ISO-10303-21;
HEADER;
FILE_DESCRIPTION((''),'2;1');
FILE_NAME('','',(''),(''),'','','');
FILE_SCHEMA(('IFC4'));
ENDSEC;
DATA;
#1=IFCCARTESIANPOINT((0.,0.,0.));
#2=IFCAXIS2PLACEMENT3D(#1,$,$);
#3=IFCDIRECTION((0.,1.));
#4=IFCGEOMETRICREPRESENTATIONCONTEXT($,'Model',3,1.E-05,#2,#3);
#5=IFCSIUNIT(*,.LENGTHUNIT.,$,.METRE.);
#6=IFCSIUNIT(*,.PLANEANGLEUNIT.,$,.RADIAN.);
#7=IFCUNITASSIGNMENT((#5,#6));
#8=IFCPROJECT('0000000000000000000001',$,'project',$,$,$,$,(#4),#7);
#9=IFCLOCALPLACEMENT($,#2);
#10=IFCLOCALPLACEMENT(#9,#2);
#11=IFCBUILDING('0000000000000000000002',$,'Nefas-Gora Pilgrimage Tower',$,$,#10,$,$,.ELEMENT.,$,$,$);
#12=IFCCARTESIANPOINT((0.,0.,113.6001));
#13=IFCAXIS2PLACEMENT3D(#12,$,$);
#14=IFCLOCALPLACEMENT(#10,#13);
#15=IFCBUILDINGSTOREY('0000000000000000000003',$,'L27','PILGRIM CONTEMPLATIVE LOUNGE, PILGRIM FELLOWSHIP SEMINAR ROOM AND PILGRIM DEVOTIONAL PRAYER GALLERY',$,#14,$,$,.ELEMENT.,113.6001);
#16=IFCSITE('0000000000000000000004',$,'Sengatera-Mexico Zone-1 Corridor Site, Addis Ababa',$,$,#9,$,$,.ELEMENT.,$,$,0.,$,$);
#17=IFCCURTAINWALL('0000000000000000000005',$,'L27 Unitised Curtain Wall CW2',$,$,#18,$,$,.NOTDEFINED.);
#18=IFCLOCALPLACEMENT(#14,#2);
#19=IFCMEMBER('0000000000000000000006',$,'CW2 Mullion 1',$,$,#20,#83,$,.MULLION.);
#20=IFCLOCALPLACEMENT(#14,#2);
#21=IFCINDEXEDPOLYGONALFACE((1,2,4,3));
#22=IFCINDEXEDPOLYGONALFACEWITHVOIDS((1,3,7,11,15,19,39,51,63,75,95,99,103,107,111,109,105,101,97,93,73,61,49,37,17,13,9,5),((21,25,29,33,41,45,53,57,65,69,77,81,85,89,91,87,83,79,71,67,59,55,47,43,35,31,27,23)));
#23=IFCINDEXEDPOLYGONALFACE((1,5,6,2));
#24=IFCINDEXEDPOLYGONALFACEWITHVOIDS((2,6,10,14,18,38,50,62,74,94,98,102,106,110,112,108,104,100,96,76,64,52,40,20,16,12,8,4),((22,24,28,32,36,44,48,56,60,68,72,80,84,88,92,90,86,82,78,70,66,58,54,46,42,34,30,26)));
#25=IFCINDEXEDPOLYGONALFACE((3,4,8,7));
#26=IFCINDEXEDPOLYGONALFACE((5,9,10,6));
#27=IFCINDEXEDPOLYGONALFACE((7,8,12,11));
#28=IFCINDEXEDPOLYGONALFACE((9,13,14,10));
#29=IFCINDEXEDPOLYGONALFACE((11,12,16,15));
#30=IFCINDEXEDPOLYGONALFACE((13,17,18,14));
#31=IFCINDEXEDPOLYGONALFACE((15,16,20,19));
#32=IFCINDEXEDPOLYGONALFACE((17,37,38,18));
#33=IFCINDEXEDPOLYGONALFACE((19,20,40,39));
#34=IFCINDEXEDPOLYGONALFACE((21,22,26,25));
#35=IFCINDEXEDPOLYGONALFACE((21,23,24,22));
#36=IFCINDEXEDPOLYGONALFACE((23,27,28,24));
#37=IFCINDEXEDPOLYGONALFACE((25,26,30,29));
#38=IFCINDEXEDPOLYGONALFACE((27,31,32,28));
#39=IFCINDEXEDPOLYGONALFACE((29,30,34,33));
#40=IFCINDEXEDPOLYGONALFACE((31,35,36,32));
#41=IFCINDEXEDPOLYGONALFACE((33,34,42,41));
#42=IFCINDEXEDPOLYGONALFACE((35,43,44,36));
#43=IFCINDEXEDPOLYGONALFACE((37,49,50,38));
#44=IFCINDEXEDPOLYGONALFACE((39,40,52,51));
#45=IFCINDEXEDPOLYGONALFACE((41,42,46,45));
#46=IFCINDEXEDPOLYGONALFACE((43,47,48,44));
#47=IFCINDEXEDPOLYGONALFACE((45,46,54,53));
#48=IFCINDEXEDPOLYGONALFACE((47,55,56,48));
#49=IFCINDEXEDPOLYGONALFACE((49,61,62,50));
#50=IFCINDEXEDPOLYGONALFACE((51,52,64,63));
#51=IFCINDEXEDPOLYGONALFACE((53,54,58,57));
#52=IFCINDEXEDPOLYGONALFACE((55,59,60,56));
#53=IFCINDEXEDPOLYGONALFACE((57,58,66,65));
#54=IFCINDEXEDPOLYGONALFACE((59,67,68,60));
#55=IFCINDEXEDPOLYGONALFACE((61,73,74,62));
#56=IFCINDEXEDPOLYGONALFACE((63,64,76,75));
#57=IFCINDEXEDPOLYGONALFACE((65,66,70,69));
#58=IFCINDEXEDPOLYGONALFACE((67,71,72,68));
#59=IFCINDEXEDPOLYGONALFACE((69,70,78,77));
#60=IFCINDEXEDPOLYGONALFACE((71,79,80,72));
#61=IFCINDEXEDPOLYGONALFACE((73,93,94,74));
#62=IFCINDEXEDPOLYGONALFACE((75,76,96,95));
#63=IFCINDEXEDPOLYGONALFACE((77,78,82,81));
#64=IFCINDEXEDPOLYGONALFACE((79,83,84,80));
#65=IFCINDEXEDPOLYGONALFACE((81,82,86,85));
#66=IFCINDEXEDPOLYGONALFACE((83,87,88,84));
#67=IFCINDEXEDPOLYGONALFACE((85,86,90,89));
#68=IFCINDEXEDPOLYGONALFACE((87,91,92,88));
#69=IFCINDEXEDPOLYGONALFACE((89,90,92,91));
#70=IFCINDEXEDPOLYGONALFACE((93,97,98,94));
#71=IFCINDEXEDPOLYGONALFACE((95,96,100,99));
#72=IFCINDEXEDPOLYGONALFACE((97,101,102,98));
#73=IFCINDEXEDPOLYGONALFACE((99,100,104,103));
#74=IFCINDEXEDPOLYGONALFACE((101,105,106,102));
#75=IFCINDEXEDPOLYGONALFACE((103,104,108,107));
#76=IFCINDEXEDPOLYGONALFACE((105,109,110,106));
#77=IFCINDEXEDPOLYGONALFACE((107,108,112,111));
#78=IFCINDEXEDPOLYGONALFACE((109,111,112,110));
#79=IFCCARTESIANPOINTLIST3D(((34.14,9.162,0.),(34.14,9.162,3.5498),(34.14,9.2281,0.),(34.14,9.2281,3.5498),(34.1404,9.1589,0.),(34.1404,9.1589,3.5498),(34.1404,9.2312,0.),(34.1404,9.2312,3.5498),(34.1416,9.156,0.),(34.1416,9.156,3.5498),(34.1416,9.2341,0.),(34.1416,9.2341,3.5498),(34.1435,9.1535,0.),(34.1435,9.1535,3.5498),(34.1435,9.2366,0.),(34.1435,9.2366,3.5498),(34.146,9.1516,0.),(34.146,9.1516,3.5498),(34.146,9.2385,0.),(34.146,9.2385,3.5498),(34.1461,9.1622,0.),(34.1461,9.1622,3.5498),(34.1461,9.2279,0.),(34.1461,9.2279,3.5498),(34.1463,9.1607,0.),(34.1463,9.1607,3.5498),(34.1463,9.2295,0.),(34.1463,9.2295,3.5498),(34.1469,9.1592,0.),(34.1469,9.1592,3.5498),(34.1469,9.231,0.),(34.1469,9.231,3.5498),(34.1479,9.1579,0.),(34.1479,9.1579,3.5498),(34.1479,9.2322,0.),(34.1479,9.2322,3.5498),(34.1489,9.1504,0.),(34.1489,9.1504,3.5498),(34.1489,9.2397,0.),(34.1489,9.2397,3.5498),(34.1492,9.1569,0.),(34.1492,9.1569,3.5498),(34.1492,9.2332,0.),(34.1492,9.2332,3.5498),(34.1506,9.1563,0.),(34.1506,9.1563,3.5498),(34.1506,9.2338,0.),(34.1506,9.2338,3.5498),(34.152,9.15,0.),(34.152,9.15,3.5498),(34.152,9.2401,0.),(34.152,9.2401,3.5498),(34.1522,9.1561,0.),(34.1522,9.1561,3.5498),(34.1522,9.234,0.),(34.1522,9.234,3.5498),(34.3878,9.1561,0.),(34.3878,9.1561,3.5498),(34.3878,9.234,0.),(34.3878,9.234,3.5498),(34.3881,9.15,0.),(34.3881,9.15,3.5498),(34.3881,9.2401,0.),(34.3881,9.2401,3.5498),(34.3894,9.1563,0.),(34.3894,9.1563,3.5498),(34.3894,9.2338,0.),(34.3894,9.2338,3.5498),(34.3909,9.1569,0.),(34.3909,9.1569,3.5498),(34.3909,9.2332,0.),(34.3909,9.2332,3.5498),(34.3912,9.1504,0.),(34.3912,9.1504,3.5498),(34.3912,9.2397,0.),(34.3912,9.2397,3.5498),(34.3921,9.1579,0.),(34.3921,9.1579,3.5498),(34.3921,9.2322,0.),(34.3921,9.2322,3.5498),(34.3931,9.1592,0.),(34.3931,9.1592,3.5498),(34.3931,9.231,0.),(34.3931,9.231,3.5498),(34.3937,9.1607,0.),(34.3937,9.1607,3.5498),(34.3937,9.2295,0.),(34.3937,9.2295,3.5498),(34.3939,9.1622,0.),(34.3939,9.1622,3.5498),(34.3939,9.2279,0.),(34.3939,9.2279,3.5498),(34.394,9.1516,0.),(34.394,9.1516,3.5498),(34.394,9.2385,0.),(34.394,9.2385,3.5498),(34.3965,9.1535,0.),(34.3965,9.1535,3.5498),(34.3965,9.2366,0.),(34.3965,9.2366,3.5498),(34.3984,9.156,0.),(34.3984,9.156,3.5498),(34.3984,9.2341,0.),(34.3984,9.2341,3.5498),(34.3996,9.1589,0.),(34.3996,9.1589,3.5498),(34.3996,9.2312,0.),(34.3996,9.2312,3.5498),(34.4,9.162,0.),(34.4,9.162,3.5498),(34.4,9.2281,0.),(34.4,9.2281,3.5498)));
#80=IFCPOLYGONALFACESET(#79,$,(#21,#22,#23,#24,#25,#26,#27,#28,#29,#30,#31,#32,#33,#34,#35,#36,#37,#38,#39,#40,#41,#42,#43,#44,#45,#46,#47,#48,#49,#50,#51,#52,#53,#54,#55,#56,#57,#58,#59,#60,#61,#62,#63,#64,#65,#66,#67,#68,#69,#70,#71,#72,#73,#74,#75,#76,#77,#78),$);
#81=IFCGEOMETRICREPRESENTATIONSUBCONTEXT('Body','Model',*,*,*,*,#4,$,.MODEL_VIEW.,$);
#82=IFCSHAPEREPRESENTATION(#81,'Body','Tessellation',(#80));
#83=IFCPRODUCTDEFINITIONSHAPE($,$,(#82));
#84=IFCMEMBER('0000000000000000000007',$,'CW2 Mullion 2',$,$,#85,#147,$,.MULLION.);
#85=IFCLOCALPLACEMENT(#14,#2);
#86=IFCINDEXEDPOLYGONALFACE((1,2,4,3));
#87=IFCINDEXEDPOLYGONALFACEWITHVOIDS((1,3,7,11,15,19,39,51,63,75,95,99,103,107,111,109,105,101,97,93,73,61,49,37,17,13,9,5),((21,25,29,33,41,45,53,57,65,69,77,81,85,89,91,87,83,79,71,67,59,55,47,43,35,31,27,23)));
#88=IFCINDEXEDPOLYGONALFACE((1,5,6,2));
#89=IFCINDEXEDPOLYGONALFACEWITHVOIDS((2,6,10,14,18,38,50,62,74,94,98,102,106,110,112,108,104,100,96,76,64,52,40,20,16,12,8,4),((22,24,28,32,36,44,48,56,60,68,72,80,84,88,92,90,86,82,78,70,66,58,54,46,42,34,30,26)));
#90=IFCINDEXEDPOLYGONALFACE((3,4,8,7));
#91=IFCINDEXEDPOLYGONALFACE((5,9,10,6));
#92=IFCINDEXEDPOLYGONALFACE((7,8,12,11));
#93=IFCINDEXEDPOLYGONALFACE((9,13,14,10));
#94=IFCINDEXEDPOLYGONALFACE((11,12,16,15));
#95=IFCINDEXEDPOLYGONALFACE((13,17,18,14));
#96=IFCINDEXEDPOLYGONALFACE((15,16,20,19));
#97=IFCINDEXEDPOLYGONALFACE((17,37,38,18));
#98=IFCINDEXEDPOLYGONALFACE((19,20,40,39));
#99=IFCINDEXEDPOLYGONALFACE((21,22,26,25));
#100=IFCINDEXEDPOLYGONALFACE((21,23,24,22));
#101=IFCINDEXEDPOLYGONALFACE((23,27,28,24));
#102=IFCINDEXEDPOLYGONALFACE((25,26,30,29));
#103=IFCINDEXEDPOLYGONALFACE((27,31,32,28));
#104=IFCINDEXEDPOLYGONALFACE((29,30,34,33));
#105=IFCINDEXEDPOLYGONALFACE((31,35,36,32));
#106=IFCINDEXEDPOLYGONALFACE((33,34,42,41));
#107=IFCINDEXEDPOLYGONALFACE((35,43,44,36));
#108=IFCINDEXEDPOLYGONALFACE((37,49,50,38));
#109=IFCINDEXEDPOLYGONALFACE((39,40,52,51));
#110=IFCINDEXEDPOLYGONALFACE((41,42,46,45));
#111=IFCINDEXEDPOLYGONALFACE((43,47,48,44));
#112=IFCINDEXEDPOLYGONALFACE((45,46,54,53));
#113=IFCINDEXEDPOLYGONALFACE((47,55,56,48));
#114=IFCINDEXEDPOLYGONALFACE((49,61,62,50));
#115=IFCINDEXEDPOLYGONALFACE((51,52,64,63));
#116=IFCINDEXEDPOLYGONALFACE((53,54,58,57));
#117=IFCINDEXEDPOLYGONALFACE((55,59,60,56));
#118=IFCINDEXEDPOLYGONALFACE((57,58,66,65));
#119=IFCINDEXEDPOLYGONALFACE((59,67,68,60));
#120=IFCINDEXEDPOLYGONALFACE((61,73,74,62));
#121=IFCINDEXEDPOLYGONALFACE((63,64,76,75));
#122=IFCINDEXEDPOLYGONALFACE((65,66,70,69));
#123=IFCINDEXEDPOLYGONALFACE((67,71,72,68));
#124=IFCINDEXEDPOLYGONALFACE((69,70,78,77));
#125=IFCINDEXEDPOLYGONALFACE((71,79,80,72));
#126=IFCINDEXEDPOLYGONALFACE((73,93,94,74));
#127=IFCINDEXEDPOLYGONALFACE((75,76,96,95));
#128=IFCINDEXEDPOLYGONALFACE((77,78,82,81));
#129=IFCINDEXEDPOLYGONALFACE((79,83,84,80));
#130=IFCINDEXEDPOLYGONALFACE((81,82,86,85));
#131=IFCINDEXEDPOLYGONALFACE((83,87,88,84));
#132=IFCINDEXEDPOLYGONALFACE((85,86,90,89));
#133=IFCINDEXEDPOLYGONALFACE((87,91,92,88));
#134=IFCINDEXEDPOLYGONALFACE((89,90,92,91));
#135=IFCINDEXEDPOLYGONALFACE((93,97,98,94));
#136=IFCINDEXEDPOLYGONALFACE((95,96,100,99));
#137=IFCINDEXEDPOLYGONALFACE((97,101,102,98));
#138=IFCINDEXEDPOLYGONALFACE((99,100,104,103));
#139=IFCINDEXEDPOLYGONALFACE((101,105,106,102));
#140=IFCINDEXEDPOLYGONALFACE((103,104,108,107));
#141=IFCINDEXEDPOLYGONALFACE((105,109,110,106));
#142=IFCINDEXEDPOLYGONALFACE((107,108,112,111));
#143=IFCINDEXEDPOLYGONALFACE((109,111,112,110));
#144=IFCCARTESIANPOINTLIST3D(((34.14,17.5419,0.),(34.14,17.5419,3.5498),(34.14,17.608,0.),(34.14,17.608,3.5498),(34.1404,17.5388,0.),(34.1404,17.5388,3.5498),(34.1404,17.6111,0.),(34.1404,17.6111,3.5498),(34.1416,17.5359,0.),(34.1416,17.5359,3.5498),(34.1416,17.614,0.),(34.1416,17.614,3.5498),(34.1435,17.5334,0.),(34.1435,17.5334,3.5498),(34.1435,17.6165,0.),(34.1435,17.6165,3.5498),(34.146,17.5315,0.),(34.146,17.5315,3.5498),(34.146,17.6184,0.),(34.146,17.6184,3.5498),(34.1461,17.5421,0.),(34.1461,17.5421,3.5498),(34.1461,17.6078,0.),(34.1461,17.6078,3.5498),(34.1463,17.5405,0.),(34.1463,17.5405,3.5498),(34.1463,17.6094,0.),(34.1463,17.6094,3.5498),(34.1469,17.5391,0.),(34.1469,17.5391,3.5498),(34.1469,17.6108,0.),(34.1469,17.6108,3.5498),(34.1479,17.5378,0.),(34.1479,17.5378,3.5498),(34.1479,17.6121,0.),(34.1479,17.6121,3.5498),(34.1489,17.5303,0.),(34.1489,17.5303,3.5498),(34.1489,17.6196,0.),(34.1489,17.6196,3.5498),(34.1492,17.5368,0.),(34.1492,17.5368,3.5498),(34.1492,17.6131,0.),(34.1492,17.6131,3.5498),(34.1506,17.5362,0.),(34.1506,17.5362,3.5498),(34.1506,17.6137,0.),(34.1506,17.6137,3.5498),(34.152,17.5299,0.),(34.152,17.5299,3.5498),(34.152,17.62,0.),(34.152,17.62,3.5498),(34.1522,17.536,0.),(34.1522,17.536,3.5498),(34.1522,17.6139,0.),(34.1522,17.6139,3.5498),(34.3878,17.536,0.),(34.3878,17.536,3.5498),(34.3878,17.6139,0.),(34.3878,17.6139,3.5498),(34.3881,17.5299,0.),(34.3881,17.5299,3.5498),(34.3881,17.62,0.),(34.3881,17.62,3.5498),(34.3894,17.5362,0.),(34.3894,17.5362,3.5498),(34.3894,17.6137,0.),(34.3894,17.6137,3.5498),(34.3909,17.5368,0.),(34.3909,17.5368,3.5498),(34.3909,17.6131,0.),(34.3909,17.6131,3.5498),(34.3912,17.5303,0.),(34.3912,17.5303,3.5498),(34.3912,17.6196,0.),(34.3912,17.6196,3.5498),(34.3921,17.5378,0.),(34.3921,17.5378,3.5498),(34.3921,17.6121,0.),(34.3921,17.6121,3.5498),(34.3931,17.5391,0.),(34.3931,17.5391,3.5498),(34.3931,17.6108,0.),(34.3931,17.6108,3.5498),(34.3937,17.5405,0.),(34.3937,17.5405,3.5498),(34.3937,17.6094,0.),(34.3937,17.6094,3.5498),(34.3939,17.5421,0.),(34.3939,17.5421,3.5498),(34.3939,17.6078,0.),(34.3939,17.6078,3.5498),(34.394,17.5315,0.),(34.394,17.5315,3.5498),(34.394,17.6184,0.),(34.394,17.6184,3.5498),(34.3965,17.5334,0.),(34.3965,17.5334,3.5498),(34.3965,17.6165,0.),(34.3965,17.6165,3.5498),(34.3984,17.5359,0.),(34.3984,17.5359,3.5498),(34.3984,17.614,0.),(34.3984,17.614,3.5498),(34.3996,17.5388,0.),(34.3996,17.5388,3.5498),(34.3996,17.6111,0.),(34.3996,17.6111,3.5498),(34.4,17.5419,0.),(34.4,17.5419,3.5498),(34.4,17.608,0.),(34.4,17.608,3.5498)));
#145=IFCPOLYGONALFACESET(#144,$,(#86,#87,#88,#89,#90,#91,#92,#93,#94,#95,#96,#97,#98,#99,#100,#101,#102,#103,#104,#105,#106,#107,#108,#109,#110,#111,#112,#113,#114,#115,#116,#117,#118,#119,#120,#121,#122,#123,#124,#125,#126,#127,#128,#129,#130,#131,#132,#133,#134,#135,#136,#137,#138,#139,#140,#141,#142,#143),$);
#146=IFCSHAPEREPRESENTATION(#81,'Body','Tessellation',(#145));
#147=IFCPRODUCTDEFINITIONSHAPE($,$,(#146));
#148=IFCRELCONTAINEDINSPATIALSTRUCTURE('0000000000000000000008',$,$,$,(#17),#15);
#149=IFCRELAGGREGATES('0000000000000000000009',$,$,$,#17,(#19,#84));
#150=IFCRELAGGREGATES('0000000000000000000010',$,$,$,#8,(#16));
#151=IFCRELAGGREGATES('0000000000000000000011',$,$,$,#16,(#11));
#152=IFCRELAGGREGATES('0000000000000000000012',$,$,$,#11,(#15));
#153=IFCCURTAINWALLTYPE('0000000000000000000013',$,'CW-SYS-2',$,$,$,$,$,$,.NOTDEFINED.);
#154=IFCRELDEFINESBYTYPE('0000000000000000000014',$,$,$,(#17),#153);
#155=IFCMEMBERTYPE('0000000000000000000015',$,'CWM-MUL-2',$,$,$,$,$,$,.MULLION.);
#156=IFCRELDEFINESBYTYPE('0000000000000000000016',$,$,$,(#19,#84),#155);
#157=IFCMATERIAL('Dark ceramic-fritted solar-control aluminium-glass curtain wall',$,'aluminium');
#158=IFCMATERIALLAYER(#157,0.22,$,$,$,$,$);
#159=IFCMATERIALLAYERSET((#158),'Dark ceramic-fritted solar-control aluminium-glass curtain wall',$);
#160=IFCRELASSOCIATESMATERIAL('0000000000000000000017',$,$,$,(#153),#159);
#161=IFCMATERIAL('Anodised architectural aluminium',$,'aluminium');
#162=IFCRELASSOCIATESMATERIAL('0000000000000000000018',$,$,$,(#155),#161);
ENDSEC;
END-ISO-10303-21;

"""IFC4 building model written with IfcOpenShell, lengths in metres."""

from ifc_helpers import new_model, si_unit, direction, frame, origin, origin_2d, place, context, subcontext, project, spatial, hollow_rectangle, extrude, source, transform, mapped, material, layer, layer_set, material_profile, profile_set, type_object, element, aggregate, save


model = new_model("IFC4")

# Units and contexts
model_context = context("Model", 3, precision=1e-05, world=origin(), true_north=direction((0.0, 1.0)))
body_context = subcontext(model_context, "Body", "Model", "MODEL_VIEW")
ifc_project = project(units=[si_unit("LENGTHUNIT", "METRE"), si_unit("PLANEANGLEUNIT", "RADIAN")], contexts=[model_context])

# Site, building, storey
site_placement = place(None, origin())
site = spatial("IfcSite", under=ifc_project, at=site_placement, Name="Sengatera-Mexico Zone-1 Corridor Site, Addis Ababa", CompositionType="ELEMENT", RefElevation=0.0)
building_placement = place(site_placement, origin())
building = spatial("IfcBuilding", under=site, at=building_placement, Name="Nefas-Gora Pilgrimage Tower", CompositionType="ELEMENT")
storey_placement = place(building_placement, frame((0.0, 0.0, 113.6001)))
storey = spatial("IfcBuildingStorey", under=building, at=storey_placement, Name="L27", Description="PILGRIM CONTEMPLATIVE LOUNGE, PILGRIM FELLOWSHIP SEMINAR ROOM AND PILGRIM DEVOTIONAL PRAYER GALLERY", CompositionType="ELEMENT", Elevation=113.6001)

# Shared definitions
ifc_material_1 = material(Name="Dark ceramic-fritted solar-control aluminium-glass curtain wall", Category="aluminium")
ifc_layer_1 = layer(ifc_material_1, 0.22)
ifc_layer_set_1 = layer_set([ifc_layer_1], Name="Dark ceramic-fritted solar-control aluminium-glass curtain wall")
curtain_wall_type = type_object("IfcCurtainWallType", Name="CW-SYS-2", PredefinedType="NOTDEFINED", material=ifc_layer_set_1)
ifc_material_2 = material(Name="Anodised architectural aluminium", Category="aluminium")

# Curtain wall, members
curtain_wall_1_placement = place(storey_placement, origin())
curtain_wall_1 = element("IfcCurtainWall", 1, at=curtain_wall_1_placement, inside=storey, type_object=curtain_wall_type, Name="L27 Unitised Curtain Wall CW2", PredefinedType="NOTDEFINED")
ifc_material_profile_1 = material_profile(ifc_material_2, hollow_rectangle(XDim=0.0901, YDim=0.26, WallThickness=0.0061, InnerFilletRadius=0.0061, OuterFilletRadius=0.012, at=origin_2d()), Name="ALU MULLION 90x260")
ifc_profile_set_1 = profile_set([ifc_material_profile_1], Name="Anodised architectural aluminium")
member_type_1 = type_object("IfcMemberType", Name="CWM-MUL-2", PredefinedType="MULLION", material=ifc_profile_set_1)
shared_shape_1 = source(origin(), body_context, "Body", "SweptSolid", [
    extrude(hollow_rectangle(XDim=0.0901, YDim=0.26, WallThickness=0.0061, InnerFilletRadius=0.0061, OuterFilletRadius=0.012, at=origin_2d()), origin(), (0.0, 0.0, 1.0), 3.5498),
])
member_1_placement = place(storey_placement, frame((34.27, 9.1951, 0.0), z_axis=(0.0, 0.0, 1.0), x_axis=(0.0, 1.0, 0.0)))
member_1 = element("IfcMember", 2, at=member_1_placement, type_object=member_type_1, Name="CW2 Mullion 1", PredefinedType="MULLION", context=body_context, shape_type="MappedRepresentation", body=[
    mapped(shared_shape_1, transform((0.0, 0.0, 0.0), x_axis=(1.0, 0.0, 0.0), y_axis=(0.0, 1.0, 0.0), z_axis=(0.0, 0.0, 1.0), scale=1.0)),
])
member_2_placement = place(storey_placement, frame((34.27, 17.575, 0.0), z_axis=(0.0, 0.0, 1.0), x_axis=(0.0, 1.0, 0.0)))
member_2 = element("IfcMember", 3, at=member_2_placement, type_object=member_type_1, Name="CW2 Mullion 2", PredefinedType="MULLION", context=body_context, shape_type="MappedRepresentation", body=[
    mapped(shared_shape_1, transform((0.0, 0.0, 0.0), x_axis=(1.0, 0.0, 0.0), y_axis=(0.0, 1.0, 0.0), z_axis=(0.0, 0.0, 1.0), scale=1.0)),
])

aggregate(curtain_wall_1, [member_1, member_2])

save(model, "model.ifc")
